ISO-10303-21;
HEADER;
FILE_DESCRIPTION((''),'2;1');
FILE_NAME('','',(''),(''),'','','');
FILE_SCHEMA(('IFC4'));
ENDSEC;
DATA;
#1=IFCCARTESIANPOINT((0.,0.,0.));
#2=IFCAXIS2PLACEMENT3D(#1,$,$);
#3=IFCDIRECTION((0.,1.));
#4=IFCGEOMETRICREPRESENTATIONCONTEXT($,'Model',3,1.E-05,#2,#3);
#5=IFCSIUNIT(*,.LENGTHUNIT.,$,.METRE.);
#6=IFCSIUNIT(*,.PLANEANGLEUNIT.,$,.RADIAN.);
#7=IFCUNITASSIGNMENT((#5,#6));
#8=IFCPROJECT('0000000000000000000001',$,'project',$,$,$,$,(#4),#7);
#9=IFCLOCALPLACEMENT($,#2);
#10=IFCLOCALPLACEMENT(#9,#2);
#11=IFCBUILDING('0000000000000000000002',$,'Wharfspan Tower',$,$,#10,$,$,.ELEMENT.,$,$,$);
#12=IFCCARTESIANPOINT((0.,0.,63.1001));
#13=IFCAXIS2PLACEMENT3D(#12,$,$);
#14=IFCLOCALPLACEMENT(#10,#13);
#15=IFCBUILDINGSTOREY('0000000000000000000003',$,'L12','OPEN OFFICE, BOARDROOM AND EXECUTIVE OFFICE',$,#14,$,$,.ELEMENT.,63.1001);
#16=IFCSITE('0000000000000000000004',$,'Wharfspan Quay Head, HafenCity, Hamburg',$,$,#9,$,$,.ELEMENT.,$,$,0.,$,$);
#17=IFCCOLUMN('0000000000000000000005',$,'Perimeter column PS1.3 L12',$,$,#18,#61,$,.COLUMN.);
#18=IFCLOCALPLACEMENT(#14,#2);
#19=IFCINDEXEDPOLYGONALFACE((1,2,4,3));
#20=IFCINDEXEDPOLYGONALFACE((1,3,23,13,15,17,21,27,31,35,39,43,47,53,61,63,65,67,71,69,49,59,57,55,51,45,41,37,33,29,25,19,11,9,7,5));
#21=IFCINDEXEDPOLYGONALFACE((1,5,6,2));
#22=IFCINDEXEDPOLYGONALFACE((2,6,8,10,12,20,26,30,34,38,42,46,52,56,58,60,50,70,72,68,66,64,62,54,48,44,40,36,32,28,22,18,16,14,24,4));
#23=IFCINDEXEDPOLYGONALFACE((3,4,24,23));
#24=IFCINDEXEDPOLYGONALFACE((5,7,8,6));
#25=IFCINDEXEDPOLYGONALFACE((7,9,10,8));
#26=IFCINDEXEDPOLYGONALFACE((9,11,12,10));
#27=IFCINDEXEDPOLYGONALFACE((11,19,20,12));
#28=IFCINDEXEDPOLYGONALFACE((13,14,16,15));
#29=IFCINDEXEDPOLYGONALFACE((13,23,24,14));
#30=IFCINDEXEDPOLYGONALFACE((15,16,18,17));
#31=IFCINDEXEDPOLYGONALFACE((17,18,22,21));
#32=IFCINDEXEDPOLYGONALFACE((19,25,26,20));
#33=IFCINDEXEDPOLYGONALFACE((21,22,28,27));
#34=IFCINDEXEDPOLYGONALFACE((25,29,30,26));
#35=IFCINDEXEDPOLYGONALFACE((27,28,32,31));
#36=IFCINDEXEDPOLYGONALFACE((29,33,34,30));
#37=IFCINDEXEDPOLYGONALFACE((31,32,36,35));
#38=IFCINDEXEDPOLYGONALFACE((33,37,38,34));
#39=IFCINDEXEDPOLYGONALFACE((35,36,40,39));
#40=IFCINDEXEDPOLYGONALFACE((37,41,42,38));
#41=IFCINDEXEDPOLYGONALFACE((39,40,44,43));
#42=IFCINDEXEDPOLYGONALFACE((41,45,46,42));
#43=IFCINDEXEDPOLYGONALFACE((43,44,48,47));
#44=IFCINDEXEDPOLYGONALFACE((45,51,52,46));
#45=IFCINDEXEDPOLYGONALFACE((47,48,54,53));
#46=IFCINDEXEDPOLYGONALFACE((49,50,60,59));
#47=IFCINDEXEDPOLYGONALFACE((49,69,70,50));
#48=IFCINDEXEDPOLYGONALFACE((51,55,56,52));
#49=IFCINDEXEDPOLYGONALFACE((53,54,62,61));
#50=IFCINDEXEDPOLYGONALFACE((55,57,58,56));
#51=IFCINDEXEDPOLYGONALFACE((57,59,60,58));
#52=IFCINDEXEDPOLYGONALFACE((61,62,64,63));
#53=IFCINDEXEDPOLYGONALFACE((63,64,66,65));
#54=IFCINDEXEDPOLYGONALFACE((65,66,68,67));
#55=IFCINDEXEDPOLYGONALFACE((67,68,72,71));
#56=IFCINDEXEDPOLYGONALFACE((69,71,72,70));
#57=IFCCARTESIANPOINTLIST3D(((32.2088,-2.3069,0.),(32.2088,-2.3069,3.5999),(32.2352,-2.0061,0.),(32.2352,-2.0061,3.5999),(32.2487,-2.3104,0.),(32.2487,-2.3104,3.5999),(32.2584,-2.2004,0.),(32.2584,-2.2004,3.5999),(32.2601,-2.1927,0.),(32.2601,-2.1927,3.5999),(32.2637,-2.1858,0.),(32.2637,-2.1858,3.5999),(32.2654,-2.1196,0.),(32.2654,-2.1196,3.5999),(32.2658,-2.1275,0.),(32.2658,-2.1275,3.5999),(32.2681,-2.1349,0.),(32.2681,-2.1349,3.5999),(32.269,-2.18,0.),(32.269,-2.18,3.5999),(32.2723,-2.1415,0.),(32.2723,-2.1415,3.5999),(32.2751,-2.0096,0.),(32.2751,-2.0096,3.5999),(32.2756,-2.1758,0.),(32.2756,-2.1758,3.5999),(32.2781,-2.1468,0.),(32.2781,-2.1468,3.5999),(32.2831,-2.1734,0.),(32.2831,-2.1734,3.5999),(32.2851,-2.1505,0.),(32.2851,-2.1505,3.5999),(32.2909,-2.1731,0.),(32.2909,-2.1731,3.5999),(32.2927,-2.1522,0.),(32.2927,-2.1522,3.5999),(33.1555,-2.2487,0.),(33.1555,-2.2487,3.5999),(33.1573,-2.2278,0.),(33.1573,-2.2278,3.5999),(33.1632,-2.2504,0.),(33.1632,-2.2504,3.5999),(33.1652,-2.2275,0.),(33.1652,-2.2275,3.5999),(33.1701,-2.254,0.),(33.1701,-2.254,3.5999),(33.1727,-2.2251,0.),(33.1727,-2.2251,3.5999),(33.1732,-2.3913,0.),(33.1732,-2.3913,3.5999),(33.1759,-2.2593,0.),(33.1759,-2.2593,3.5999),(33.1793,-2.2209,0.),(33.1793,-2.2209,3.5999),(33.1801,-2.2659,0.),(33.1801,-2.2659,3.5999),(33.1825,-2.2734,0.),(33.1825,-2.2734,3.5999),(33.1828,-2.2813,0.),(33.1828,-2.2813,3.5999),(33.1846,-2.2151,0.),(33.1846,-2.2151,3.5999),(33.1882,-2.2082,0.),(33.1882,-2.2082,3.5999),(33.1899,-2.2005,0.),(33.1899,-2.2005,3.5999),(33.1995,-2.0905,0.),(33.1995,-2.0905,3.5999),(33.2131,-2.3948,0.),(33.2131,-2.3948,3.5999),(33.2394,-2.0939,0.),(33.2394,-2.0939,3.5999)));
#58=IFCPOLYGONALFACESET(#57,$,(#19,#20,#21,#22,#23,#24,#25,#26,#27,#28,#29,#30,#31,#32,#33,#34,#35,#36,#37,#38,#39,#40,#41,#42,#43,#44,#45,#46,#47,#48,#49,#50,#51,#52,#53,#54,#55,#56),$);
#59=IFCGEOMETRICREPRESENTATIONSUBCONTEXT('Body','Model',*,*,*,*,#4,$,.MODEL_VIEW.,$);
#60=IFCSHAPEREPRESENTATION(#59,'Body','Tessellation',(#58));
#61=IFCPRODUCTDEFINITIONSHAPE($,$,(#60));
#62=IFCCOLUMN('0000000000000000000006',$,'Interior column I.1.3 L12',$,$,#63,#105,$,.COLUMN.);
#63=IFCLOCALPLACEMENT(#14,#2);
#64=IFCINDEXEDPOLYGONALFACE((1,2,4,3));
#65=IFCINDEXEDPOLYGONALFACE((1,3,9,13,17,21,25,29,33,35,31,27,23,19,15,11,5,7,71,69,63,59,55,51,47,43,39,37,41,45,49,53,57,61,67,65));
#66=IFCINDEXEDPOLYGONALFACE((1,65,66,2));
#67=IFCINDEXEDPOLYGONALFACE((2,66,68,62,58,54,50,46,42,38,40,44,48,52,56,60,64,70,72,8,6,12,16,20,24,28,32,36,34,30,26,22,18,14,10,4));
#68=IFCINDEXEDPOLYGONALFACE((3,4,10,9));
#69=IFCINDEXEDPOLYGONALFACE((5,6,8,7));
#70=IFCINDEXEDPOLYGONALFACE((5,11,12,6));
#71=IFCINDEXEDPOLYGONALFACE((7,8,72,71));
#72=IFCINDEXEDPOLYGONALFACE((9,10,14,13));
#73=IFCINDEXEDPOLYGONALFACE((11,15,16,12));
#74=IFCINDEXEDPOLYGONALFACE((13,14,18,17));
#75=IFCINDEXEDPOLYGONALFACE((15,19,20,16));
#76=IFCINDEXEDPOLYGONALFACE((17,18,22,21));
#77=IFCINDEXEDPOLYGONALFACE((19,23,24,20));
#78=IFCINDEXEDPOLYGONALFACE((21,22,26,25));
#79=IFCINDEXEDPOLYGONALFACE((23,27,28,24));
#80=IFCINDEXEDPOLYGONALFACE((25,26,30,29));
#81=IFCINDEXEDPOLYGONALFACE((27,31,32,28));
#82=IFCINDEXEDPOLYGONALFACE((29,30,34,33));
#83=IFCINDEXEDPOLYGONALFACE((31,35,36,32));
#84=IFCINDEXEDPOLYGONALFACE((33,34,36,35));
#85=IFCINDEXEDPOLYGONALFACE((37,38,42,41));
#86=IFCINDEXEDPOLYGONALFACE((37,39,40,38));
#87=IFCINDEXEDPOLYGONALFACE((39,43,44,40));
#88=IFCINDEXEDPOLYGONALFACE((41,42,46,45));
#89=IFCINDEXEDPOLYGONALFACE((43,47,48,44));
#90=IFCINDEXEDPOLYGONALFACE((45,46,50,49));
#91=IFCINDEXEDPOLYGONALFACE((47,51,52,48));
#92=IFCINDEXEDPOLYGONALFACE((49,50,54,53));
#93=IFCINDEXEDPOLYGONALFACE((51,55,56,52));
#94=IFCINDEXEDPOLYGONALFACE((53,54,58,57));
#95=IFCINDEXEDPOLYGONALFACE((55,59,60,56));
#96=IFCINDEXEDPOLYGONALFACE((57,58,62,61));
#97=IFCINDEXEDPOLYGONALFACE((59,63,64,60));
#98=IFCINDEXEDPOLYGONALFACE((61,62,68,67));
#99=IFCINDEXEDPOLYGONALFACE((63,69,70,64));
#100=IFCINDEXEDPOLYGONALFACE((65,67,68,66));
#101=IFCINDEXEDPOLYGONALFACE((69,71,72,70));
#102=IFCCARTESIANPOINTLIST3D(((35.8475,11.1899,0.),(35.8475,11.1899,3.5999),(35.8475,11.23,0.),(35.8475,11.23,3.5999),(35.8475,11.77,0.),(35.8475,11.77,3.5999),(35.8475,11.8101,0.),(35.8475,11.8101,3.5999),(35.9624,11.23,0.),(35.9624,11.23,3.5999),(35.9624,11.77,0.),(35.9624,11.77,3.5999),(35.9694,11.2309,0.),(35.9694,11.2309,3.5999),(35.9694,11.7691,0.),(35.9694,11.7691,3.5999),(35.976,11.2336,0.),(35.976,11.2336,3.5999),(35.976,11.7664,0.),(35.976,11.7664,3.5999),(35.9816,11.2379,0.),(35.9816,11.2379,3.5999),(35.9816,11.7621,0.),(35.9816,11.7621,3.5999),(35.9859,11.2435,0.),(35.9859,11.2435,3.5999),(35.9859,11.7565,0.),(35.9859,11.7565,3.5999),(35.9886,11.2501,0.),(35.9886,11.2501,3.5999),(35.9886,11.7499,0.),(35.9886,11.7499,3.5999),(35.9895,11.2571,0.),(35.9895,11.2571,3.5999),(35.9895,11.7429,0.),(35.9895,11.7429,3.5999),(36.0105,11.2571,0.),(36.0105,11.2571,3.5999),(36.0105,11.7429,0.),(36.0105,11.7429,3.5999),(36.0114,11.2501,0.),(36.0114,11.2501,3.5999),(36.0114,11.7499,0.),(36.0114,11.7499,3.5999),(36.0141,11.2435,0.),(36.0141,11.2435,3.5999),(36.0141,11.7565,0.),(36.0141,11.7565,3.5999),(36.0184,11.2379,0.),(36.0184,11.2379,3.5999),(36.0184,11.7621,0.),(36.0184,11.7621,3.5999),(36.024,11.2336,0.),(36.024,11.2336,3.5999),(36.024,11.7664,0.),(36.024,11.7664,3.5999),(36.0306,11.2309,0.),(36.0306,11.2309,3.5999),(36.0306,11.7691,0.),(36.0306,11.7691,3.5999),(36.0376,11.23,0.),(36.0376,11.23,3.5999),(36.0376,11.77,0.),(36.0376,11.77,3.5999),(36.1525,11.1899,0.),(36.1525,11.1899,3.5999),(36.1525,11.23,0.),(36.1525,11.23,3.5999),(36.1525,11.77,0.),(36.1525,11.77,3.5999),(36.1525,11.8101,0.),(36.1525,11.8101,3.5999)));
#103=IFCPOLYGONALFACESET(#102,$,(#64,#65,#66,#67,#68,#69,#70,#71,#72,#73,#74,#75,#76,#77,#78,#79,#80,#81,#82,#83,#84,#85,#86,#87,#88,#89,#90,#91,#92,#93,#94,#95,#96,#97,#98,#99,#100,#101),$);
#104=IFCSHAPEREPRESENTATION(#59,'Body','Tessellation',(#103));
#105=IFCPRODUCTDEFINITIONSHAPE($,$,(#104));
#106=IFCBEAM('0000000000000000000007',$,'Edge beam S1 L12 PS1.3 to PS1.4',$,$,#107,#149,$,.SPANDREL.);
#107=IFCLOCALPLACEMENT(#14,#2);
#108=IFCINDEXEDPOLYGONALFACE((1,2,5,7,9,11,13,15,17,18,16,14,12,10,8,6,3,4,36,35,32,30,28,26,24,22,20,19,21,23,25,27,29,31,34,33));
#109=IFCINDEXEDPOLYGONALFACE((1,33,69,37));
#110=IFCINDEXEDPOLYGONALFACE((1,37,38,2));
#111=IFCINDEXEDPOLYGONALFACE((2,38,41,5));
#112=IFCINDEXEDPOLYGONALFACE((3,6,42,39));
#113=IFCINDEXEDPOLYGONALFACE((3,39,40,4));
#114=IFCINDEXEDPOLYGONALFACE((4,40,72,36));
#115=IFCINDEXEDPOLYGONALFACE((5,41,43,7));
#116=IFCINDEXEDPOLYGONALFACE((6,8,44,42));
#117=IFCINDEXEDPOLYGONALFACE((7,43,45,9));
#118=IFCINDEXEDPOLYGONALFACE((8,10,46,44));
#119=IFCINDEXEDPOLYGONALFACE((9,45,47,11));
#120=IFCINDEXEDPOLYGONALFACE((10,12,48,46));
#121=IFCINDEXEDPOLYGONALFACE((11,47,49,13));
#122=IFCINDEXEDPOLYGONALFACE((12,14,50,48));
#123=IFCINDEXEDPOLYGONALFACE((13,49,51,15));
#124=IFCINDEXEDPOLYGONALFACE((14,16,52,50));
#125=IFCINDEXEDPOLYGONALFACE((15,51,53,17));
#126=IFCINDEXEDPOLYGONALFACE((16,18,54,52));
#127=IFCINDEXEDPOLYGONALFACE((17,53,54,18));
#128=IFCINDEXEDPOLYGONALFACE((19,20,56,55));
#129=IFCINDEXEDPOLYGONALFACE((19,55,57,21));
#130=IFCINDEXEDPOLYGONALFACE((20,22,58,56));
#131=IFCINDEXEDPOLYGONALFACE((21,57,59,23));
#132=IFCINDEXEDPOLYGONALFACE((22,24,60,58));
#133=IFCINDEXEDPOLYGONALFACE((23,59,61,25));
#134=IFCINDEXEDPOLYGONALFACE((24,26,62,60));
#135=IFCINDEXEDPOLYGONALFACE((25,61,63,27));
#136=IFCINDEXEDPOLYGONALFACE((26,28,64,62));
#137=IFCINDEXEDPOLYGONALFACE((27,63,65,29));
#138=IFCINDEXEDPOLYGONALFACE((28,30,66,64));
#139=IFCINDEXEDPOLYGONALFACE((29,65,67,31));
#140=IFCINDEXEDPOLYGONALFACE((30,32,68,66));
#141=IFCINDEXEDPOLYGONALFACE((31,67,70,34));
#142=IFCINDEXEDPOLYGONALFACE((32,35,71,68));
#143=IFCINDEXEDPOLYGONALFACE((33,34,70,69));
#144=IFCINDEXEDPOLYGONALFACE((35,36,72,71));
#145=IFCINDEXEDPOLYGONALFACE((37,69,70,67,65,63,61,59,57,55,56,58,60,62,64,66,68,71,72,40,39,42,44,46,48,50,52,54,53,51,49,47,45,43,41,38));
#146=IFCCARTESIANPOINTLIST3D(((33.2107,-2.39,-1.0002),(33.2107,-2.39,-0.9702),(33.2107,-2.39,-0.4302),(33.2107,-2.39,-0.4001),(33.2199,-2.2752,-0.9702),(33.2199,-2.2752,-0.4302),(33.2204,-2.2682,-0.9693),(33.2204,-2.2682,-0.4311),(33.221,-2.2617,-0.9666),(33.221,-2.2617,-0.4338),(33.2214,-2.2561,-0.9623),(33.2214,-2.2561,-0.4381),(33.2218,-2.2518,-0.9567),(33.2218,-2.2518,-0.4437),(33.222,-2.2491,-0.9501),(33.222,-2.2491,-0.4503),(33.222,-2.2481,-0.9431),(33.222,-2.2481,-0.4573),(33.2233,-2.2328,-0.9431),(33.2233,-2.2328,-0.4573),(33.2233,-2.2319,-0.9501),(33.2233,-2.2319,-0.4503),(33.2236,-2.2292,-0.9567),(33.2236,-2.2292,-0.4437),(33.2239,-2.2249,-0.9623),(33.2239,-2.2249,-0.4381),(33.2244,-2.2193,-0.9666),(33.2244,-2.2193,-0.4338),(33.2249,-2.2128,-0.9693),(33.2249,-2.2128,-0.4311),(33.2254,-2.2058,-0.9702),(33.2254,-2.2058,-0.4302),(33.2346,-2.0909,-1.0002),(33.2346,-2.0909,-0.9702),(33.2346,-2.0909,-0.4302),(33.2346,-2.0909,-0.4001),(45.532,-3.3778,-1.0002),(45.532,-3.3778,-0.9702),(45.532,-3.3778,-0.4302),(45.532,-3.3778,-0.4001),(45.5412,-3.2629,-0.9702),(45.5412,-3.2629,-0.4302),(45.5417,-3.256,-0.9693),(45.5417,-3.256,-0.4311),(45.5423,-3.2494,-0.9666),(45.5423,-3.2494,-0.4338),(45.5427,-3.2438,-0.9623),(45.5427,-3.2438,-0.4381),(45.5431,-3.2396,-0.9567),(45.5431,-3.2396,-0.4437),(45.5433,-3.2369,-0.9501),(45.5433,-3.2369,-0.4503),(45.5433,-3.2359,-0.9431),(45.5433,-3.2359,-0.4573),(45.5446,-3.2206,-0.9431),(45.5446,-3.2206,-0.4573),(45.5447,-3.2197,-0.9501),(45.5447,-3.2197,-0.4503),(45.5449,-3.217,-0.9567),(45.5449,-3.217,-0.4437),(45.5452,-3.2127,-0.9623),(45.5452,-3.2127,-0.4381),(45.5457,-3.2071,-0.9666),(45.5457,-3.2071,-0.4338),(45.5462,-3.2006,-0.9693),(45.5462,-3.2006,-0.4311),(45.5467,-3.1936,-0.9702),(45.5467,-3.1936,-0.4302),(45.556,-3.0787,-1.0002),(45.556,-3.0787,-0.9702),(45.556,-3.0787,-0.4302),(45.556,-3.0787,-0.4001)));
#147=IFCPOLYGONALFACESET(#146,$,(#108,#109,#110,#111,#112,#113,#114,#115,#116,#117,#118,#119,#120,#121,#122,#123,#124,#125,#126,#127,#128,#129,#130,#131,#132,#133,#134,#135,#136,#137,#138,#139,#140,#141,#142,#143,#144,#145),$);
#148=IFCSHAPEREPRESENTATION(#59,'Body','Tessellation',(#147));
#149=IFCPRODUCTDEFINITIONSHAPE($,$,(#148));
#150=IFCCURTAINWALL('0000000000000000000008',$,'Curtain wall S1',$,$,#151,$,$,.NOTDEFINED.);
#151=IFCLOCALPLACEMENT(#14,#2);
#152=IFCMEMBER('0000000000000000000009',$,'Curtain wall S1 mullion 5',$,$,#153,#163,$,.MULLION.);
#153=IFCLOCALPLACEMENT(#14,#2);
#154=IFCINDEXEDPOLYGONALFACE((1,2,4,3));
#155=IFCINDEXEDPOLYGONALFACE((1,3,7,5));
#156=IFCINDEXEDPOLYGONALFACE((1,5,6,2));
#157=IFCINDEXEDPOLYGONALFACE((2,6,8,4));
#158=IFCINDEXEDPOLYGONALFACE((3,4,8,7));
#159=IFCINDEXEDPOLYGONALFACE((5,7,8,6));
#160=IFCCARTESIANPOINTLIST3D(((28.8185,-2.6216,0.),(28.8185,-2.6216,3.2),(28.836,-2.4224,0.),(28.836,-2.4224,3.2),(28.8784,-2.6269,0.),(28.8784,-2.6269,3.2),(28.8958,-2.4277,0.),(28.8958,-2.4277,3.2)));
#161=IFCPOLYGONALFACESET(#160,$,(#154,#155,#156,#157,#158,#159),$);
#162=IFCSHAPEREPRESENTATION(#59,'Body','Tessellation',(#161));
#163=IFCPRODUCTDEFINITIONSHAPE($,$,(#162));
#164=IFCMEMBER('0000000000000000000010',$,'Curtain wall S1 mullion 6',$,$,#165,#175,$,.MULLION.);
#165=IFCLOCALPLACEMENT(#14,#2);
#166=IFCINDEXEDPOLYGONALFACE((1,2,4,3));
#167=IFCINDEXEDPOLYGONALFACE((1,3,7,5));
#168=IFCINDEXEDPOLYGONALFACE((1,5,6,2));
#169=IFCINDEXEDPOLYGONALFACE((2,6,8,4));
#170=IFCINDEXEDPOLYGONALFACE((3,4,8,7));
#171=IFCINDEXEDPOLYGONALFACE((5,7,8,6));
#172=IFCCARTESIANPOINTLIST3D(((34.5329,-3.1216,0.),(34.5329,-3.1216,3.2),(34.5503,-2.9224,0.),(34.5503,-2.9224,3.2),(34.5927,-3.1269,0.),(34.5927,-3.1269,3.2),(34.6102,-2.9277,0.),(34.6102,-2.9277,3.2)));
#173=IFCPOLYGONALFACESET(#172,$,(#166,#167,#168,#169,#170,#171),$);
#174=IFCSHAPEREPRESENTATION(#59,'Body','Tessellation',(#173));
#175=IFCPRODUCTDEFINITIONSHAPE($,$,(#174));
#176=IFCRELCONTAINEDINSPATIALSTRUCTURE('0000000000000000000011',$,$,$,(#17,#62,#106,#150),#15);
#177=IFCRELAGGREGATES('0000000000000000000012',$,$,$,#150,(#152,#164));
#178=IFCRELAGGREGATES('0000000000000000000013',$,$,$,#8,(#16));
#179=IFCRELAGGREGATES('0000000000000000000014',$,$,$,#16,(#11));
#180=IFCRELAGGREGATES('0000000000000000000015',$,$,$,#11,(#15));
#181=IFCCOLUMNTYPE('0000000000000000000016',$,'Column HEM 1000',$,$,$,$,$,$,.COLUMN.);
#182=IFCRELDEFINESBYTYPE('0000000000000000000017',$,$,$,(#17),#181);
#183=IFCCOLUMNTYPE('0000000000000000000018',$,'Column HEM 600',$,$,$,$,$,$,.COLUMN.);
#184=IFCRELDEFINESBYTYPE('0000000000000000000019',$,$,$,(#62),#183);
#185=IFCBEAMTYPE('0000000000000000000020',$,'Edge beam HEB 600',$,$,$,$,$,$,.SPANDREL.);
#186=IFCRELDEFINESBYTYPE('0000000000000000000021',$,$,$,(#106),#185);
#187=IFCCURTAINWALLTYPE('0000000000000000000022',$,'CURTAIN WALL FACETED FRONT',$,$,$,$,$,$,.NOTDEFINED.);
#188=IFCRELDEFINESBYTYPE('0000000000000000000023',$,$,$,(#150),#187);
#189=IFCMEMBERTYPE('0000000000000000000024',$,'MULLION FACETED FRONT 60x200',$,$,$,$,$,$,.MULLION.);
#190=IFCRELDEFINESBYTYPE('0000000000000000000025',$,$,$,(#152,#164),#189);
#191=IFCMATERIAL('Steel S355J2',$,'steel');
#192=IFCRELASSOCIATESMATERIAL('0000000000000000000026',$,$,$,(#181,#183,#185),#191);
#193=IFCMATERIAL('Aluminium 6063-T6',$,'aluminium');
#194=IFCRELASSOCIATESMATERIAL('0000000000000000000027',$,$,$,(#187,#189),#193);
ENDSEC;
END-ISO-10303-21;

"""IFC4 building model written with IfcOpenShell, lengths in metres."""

from ifc_helpers import new_model, si_unit, direction, frame, origin, origin_2d, place, context, subcontext, project, spatial, rectangle, i_section, extrude, material, material_profile, profile_set, type_object, element, aggregate, save


model = new_model("IFC4")

# Units and contexts
model_context = context("Model", 3, precision=1e-05, world=origin(), true_north=direction((0.0, 1.0)))
body_context = subcontext(model_context, "Body", "Model", "MODEL_VIEW")
ifc_project = project(units=[si_unit("LENGTHUNIT", "METRE"), si_unit("PLANEANGLEUNIT", "RADIAN")], contexts=[model_context])

# Site, building, storey
site_placement = place(None, origin())
site = spatial("IfcSite", under=ifc_project, at=site_placement, Name="Wharfspan Quay Head, HafenCity, Hamburg", CompositionType="ELEMENT", RefElevation=0.0)
building_placement = place(site_placement, origin())
building = spatial("IfcBuilding", under=site, at=building_placement, Name="Wharfspan Tower", CompositionType="ELEMENT")
storey_placement = place(building_placement, frame((0.0, 0.0, 63.1001)))
storey = spatial("IfcBuildingStorey", under=building, at=storey_placement, Name="L12", Description="OPEN OFFICE, BOARDROOM AND EXECUTIVE OFFICE", CompositionType="ELEMENT", Elevation=63.1001)

# Columns
ifc_material_1 = material(Name="Steel S355J2", Category="steel")
ifc_material_profile_1 = material_profile(ifc_material_1, i_section(OverallWidth=0.302, OverallDepth=1.0081, WebThickness=0.021, FlangeThickness=0.04, FilletRadius=0.03, at=origin_2d()))
ifc_profile_set_1 = profile_set([ifc_material_profile_1], Name="Steel S355J2")
column_type_1 = type_object("IfcColumnType", Name="Column HEM 1000", PredefinedType="COLUMN", material=ifc_profile_set_1)
column_1_placement = place(storey_placement, frame((32.7241, -2.2004, 0.0), z_axis=(0.0, 0.0, 1.0), x_axis=(-0.087156, -0.996198, 0.0)))
element("IfcColumn", 1, at=column_1_placement, inside=storey, type_object=column_type_1, Name="Perimeter column PS1.3 L12", PredefinedType="COLUMN", context=body_context, shape_type="SweptSolid", body=[
    extrude(i_section(OverallWidth=0.302, OverallDepth=1.0081, WebThickness=0.021, FlangeThickness=0.04, FilletRadius=0.03, at=origin_2d()), origin(), (0.0, 0.0, 1.0), 3.5999),
])
ifc_material_profile_2 = material_profile(ifc_material_1, i_section(OverallWidth=0.3049, OverallDepth=0.6201, WebThickness=0.021, FlangeThickness=0.04, FilletRadius=0.0271, at=origin_2d()))
ifc_profile_set_2 = profile_set([ifc_material_profile_2], Name="Steel S355J2")
column_type_2 = type_object("IfcColumnType", Name="Column HEM 600", PredefinedType="COLUMN", material=ifc_profile_set_2)
column_2_placement = place(storey_placement, frame((36.0, 11.5, 0.0), z_axis=(0.0, 0.0, 1.0), x_axis=(1.0, 0.0, 0.0)))
element("IfcColumn", 2, at=column_2_placement, inside=storey, type_object=column_type_2, Name="Interior column I.1.3 L12", PredefinedType="COLUMN", context=body_context, shape_type="SweptSolid", body=[
    extrude(i_section(OverallWidth=0.3049, OverallDepth=0.6201, WebThickness=0.021, FlangeThickness=0.04, FilletRadius=0.0271, at=origin_2d()), origin(), (0.0, 0.0, 1.0), 3.5999),
])

# Beam
ifc_material_profile_3 = material_profile(ifc_material_1, i_section(OverallWidth=0.3, OverallDepth=0.6001, WebThickness=0.0154, FlangeThickness=0.03, FilletRadius=0.0271, at=origin_2d()))
ifc_profile_set_3 = profile_set([ifc_material_profile_3], Name="Steel S355J2")
beam_type = type_object("IfcBeamType", Name="Edge beam HEB 600", PredefinedType="SPANDREL", material=ifc_profile_set_3)
beam_placement = place(storey_placement, frame((33.2227, -2.2405, -0.7002), z_axis=(0.996802, -0.079913, 0.0), x_axis=(0.079913, 0.996802, 0.0)))
element("IfcBeam", 3, at=beam_placement, inside=storey, type_object=beam_type, Name="Edge beam S1 L12 PS1.3 to PS1.4", PredefinedType="SPANDREL", context=body_context, shape_type="SweptSolid", body=[
    extrude(i_section(OverallWidth=0.3, OverallDepth=0.6001, WebThickness=0.0154, FlangeThickness=0.03, FilletRadius=0.0271, at=origin_2d()), origin(), (0.0, 0.0, 1.0), 12.3608),
])

# Curtain wall, members
ifc_material_2 = material(Name="Aluminium 6063-T6", Category="aluminium")
curtain_wall_type = type_object("IfcCurtainWallType", Name="CURTAIN WALL FACETED FRONT", PredefinedType="NOTDEFINED", material=ifc_material_2)
curtain_wall_placement = place(storey_placement, origin())
curtain_wall = element("IfcCurtainWall", 4, at=curtain_wall_placement, inside=storey, type_object=curtain_wall_type, Name="Curtain wall S1", PredefinedType="NOTDEFINED")
ifc_material_profile_4 = material_profile(ifc_material_2, rectangle(XDim=0.2, YDim=0.0601, at=origin_2d()))
ifc_profile_set_4 = profile_set([ifc_material_profile_4], Name="Aluminium 6063-T6")
member_type_1 = type_object("IfcMemberType", Name="MULLION FACETED FRONT 60x200", PredefinedType="MULLION", material=ifc_profile_set_4)
member_1_placement = place(storey_placement, frame((28.8572, -2.5247, 0.0), z_axis=(0.0, 0.0, 1.0), x_axis=(0.087156, 0.996197, 0.0)))
member_1 = element("IfcMember", 5, at=member_1_placement, type_object=member_type_1, Name="Curtain wall S1 mullion 5", PredefinedType="MULLION", context=body_context, shape_type="SweptSolid", body=[
    extrude(rectangle(XDim=0.2, YDim=0.0601, at=origin_2d()), origin(), (0.0, 0.0, 1.0), 3.2),
])
member_2_placement = place(storey_placement, frame((34.5715, -3.0247, 0.0), z_axis=(0.0, 0.0, 1.0), x_axis=(0.087156, 0.996197, 0.0)))
member_2 = element("IfcMember", 6, at=member_2_placement, type_object=member_type_1, Name="Curtain wall S1 mullion 6", PredefinedType="MULLION", context=body_context, shape_type="SweptSolid", body=[
    extrude(rectangle(XDim=0.2, YDim=0.0601, at=origin_2d()), origin(), (0.0, 0.0, 1.0), 3.2),
])

aggregate(curtain_wall, [member_1, member_2])

save(model, "model.ifc")
